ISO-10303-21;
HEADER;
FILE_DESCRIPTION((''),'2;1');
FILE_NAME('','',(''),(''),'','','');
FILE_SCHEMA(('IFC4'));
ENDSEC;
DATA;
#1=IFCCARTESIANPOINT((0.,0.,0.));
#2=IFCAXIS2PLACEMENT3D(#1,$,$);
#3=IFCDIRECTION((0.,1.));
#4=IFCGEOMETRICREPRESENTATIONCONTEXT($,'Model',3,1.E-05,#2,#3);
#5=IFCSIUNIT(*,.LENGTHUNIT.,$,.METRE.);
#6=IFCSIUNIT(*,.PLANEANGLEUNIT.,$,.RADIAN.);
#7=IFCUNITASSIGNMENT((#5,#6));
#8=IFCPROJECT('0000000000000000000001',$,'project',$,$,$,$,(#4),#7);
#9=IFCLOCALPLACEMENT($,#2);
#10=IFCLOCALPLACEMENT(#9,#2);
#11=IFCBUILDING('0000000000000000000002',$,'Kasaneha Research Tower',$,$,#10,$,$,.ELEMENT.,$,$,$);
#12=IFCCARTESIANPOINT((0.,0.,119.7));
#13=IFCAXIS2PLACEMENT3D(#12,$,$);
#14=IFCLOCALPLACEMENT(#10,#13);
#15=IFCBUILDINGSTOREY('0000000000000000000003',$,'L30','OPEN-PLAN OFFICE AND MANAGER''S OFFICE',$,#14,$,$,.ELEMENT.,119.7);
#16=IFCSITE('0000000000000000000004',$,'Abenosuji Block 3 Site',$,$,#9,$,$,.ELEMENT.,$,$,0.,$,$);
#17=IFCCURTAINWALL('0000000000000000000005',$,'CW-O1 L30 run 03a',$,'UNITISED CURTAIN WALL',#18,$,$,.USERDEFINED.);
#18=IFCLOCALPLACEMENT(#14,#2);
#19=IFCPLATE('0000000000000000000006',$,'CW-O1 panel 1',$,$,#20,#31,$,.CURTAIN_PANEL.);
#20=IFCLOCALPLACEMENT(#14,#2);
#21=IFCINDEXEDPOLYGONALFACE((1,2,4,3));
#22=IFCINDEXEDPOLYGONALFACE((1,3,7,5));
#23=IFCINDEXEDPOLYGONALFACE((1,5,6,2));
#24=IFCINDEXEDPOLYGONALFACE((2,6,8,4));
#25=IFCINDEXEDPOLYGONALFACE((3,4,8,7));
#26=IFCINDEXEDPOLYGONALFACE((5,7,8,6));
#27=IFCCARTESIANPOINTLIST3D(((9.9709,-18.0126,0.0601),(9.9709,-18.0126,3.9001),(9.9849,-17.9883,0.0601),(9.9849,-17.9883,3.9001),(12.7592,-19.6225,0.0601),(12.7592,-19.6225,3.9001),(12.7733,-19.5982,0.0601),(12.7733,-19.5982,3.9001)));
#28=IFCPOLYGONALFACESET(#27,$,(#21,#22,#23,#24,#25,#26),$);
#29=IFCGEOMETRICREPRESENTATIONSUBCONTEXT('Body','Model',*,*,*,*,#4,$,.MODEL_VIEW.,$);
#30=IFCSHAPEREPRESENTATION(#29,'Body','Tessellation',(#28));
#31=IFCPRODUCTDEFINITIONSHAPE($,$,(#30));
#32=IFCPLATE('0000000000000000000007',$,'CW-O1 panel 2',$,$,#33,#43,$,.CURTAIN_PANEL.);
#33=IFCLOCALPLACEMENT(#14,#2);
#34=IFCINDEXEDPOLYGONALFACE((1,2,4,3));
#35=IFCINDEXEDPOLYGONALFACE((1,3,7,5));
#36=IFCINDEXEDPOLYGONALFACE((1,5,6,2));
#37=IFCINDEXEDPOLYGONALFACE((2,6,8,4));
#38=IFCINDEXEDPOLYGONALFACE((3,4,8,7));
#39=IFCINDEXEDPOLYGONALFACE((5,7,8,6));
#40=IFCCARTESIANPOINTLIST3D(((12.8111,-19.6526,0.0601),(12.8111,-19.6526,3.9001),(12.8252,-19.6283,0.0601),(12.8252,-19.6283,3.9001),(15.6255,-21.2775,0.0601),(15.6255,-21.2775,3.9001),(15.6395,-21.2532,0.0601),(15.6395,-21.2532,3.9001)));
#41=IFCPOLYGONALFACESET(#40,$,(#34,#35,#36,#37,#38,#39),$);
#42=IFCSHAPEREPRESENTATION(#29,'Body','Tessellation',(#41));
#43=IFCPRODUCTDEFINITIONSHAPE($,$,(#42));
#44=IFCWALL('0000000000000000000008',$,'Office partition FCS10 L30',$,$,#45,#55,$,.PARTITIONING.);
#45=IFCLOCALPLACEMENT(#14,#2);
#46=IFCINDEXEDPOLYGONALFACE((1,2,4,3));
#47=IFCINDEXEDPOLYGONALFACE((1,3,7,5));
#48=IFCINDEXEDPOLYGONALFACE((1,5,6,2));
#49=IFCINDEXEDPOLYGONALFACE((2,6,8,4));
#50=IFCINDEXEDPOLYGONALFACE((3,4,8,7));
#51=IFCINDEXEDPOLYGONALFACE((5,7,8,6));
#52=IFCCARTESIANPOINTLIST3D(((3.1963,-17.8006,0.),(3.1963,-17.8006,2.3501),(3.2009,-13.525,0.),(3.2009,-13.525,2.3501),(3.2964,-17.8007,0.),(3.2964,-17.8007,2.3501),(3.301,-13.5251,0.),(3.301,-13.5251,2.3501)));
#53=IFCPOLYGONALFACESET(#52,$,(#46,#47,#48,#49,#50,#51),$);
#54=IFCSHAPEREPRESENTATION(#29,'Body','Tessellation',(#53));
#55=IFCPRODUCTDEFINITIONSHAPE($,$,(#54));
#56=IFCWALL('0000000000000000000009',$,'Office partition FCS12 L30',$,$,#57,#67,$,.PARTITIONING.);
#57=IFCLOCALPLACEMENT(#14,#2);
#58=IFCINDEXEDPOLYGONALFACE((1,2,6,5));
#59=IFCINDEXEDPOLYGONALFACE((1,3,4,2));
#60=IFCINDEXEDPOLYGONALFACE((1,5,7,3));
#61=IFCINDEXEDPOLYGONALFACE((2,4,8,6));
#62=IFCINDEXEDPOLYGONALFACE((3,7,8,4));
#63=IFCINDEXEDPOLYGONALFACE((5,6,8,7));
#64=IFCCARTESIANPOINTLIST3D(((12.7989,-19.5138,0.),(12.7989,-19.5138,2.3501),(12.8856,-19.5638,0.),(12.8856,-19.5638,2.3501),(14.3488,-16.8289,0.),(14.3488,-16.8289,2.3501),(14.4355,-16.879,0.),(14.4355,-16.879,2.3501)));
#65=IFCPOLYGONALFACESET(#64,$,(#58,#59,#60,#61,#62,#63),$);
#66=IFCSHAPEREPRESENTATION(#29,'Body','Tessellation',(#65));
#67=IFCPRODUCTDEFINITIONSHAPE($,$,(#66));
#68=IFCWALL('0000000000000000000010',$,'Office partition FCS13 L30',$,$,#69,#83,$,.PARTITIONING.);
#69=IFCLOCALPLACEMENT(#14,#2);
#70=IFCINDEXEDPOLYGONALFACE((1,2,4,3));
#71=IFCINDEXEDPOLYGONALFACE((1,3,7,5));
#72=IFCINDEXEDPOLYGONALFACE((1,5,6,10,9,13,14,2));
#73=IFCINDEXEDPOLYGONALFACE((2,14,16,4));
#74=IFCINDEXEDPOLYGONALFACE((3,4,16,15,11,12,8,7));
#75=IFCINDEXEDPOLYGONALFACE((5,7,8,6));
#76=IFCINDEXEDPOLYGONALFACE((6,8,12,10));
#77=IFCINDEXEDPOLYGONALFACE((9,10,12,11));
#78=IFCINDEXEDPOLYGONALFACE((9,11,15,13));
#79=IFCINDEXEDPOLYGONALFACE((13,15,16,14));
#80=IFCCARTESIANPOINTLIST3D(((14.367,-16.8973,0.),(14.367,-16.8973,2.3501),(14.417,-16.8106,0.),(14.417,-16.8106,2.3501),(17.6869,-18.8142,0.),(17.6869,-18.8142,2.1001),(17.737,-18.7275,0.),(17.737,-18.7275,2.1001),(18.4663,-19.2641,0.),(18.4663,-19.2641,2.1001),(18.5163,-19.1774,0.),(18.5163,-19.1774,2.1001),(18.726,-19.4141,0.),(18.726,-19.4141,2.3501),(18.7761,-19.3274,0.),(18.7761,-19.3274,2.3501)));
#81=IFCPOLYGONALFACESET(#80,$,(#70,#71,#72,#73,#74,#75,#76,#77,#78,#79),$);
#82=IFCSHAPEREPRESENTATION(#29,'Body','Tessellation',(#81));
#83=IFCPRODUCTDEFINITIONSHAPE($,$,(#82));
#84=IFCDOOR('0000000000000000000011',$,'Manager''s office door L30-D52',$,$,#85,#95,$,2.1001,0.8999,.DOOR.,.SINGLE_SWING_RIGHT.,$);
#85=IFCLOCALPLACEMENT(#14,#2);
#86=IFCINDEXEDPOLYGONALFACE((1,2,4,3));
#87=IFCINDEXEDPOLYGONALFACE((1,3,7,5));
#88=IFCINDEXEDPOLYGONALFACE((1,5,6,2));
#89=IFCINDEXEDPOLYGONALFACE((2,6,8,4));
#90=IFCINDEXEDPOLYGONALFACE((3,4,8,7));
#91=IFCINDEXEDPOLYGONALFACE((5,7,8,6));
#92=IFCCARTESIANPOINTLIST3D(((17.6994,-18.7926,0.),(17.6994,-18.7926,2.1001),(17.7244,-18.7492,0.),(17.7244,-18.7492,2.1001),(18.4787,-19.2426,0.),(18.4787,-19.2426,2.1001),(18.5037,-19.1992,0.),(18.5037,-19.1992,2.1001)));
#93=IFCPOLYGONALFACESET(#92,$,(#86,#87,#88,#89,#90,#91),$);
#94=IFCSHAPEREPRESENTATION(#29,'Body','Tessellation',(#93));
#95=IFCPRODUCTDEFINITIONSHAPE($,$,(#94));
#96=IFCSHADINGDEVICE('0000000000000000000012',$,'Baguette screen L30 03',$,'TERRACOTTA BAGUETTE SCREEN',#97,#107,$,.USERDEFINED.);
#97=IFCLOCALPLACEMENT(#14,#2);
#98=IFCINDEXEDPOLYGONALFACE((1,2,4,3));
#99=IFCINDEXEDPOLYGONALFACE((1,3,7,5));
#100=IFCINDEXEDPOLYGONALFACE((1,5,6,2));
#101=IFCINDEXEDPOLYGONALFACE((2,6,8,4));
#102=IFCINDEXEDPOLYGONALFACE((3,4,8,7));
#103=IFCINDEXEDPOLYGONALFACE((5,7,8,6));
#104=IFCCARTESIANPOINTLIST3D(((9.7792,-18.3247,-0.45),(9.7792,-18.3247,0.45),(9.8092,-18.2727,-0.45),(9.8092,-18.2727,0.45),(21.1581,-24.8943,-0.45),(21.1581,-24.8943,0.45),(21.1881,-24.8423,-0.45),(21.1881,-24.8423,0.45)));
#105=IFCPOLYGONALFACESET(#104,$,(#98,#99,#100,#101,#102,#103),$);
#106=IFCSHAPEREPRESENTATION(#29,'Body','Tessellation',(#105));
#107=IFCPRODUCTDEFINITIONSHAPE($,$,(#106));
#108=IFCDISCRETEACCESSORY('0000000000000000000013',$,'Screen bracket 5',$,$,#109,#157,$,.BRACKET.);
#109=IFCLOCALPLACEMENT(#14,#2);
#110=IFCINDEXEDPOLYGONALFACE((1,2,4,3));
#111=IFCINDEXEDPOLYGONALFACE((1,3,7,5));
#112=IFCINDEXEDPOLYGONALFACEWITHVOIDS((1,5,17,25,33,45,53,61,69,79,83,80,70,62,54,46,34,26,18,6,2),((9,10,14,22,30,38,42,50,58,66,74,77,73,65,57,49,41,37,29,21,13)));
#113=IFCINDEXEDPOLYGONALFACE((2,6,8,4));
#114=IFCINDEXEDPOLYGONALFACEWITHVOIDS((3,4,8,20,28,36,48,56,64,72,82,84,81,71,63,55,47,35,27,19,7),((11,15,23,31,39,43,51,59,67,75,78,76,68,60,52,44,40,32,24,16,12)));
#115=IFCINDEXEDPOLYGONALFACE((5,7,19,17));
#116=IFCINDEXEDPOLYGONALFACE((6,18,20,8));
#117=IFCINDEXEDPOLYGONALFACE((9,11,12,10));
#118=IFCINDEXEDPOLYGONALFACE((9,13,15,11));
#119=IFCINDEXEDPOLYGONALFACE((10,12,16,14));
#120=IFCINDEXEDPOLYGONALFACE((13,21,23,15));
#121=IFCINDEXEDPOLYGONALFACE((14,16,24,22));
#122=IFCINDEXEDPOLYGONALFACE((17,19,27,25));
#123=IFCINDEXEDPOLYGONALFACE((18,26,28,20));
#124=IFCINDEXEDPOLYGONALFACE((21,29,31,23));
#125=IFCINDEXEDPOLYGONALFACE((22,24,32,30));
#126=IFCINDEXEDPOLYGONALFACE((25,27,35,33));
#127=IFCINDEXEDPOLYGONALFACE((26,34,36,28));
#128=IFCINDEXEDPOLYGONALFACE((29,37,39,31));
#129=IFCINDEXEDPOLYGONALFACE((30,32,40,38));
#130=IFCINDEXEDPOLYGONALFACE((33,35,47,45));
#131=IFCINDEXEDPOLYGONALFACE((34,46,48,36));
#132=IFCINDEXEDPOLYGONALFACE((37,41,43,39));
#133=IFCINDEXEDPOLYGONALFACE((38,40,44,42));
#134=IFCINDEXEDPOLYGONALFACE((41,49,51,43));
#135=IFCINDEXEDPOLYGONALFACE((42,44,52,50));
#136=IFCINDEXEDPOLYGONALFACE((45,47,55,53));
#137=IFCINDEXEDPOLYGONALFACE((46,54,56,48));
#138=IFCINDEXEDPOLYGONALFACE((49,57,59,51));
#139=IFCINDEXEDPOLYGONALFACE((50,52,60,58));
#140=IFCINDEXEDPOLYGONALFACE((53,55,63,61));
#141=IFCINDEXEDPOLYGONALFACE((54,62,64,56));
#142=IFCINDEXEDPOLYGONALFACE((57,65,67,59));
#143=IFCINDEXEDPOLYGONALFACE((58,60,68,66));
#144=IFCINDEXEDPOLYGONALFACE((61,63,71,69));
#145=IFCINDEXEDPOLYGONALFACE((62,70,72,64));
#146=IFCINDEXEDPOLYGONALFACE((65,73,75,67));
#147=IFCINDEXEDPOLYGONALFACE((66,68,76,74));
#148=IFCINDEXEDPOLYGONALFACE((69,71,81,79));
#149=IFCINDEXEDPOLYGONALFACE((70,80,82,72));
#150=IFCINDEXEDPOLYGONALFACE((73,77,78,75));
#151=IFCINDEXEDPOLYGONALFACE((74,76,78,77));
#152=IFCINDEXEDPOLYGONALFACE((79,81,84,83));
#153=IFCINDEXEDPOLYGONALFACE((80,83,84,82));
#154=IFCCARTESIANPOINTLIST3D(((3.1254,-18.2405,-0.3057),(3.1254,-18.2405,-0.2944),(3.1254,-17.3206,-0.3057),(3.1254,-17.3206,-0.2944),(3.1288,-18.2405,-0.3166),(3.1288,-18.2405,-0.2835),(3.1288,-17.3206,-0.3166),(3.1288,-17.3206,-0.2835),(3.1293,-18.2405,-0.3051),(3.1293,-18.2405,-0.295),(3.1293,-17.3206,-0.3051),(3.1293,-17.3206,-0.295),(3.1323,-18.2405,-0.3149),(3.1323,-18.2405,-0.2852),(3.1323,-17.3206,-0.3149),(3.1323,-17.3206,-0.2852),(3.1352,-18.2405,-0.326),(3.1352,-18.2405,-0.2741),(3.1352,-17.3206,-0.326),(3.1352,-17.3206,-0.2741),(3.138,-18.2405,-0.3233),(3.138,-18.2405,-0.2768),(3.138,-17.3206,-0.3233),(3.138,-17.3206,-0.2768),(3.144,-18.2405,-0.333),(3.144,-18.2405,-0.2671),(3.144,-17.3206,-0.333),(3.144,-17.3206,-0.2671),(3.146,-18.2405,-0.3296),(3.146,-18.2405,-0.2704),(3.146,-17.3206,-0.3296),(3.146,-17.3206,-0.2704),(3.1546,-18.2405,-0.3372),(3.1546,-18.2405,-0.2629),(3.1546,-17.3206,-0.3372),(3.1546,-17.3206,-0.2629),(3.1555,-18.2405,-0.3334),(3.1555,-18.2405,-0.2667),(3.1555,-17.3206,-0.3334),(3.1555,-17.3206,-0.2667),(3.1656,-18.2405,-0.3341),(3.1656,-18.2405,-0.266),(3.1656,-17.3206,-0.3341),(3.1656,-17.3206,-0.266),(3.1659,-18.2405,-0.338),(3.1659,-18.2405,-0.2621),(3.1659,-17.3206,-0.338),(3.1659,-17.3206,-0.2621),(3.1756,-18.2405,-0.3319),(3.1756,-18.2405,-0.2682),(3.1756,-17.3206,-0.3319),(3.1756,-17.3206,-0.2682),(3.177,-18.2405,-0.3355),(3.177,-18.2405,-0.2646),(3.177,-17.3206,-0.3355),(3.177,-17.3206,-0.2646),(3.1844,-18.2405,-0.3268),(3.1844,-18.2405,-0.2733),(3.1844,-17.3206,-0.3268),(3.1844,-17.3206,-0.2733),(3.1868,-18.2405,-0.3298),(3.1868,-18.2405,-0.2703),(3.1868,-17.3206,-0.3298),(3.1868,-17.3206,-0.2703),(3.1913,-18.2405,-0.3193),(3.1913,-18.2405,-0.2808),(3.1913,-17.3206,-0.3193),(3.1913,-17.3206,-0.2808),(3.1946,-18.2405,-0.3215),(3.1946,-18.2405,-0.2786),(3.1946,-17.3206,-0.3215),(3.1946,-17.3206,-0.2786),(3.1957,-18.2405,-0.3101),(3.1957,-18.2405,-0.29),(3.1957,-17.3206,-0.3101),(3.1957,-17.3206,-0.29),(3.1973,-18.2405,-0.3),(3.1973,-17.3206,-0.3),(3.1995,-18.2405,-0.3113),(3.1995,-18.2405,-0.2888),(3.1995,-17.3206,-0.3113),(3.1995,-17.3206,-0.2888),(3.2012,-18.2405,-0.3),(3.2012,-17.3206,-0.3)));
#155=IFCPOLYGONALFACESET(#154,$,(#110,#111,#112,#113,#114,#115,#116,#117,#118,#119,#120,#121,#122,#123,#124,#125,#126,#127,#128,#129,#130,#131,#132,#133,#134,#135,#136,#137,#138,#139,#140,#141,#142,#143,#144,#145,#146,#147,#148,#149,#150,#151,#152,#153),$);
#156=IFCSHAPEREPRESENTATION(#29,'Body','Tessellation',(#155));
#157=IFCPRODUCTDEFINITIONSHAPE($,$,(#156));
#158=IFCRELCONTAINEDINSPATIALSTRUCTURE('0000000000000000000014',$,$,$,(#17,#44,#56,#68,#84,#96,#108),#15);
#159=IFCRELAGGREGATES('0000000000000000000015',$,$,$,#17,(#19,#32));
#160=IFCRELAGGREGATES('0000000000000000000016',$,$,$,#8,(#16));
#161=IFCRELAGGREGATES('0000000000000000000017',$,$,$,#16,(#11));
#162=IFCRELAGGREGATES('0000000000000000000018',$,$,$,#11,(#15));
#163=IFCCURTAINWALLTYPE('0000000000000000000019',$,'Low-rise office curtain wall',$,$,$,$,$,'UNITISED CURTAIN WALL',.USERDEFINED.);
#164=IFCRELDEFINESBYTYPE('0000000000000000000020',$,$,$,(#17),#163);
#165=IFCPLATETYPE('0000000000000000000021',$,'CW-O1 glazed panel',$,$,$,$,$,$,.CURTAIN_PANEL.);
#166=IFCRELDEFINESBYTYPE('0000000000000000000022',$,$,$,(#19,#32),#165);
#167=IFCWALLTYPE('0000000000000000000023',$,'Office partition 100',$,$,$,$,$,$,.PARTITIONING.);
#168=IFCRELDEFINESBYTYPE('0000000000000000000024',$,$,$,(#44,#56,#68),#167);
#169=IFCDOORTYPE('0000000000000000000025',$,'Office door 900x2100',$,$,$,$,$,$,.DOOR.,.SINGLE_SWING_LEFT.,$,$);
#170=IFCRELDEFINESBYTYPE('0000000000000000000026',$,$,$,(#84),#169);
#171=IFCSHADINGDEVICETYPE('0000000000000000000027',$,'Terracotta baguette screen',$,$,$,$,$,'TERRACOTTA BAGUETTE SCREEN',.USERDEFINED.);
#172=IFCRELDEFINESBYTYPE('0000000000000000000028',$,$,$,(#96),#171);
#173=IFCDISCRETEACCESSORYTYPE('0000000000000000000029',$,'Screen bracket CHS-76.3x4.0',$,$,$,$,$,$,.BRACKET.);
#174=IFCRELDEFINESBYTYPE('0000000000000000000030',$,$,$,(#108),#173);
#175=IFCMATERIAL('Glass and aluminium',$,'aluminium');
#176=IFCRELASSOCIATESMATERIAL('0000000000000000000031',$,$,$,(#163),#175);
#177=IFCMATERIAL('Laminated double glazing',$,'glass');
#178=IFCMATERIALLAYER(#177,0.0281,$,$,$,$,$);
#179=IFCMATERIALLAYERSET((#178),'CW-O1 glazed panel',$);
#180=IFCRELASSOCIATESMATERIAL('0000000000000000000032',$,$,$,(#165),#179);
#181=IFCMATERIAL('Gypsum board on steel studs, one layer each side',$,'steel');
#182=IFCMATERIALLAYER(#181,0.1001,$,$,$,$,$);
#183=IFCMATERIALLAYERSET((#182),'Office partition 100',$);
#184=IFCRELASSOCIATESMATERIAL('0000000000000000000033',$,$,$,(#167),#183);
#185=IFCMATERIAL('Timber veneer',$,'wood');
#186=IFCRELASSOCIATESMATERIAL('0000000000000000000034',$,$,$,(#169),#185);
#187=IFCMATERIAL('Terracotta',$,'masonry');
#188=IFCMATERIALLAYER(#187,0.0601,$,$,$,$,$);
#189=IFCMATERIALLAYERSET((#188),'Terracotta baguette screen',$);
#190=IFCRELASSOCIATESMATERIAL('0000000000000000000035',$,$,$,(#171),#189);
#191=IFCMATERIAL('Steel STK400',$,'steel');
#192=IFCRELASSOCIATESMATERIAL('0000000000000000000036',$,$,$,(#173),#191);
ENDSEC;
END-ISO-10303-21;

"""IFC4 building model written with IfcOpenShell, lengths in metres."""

from ifc_helpers import new_model, si_unit, direction, frame, frame_2d, origin, origin_2d, place, context, subcontext, project, spatial, rectangle, hollow_circle, extrude, material, layer, layer_set, material_profile, profile_set, type_object, element, fill, aggregate, save


model = new_model("IFC4")

# Units and contexts
model_context = context("Model", 3, precision=1e-05, world=origin(), true_north=direction((0.0, 1.0)))
body_context = subcontext(model_context, "Body", "Model", "MODEL_VIEW")
ifc_project = project(units=[si_unit("LENGTHUNIT", "METRE"), si_unit("PLANEANGLEUNIT", "RADIAN")], contexts=[model_context])

# Site, building, storey
site_placement = place(None, origin())
site = spatial("IfcSite", under=ifc_project, at=site_placement, Name="Abenosuji Block 3 Site", CompositionType="ELEMENT", RefElevation=0.0)
building_placement = place(site_placement, origin())
building = spatial("IfcBuilding", under=site, at=building_placement, Name="Kasaneha Research Tower", CompositionType="ELEMENT")
storey_placement = place(building_placement, frame((0.0, 0.0, 119.7)))
storey = spatial("IfcBuildingStorey", under=building, at=storey_placement, Name="L30", Description="OPEN-PLAN OFFICE AND MANAGER'S OFFICE", CompositionType="ELEMENT", Elevation=119.7)

# Curtain wall
ifc_material_1 = material(Name="Glass and aluminium", Category="aluminium")
curtain_wall_type = type_object("IfcCurtainWallType", Name="Low-rise office curtain wall", ElementType="UNITISED CURTAIN WALL", PredefinedType="USERDEFINED", material=ifc_material_1)
curtain_wall_1_placement = place(storey_placement, origin())
curtain_wall_1 = element("IfcCurtainWall", 1, at=curtain_wall_1_placement, inside=storey, type_object=curtain_wall_type, Name="CW-O1 L30 run 03a", ObjectType="UNITISED CURTAIN WALL", PredefinedType="USERDEFINED")

# Plates
ifc_material_2 = material(Name="Laminated double glazing", Category="glass")
ifc_layer_1 = layer(ifc_material_2, 0.0281)
ifc_layer_set_1 = layer_set([ifc_layer_1], Name="CW-O1 glazed panel")
plate_type = type_object("IfcPlateType", Name="CW-O1 glazed panel", PredefinedType="CURTAIN_PANEL", material=ifc_layer_set_1)
plate_1_placement = place(storey_placement, frame((11.3721, -18.8054, 0.0601), z_axis=(0.0, 0.0, 1.0), x_axis=(0.866025, -0.5, 0.0)))
plate_1 = element("IfcPlate", 2, at=plate_1_placement, type_object=plate_type, Name="CW-O1 panel 1", PredefinedType="CURTAIN_PANEL", context=body_context, shape_type="SweptSolid", body=[
    extrude(rectangle(XDim=3.2197, YDim=0.0281, at=origin_2d()), origin(), (0.0, 0.0, 1.0), 3.8401),
])
plate_2_placement = place(storey_placement, frame((14.2253, -20.4529, 0.0601), z_axis=(0.0, 0.0, 1.0), x_axis=(0.866025, -0.5, 0.0)))
plate_2 = element("IfcPlate", 3, at=plate_2_placement, type_object=plate_type, Name="CW-O1 panel 2", PredefinedType="CURTAIN_PANEL", context=body_context, shape_type="SweptSolid", body=[
    extrude(rectangle(XDim=3.2498, YDim=0.0281, at=origin_2d()), origin(), (0.0, 0.0, 1.0), 3.8401),
])
aggregate(curtain_wall_1, [plate_1, plate_2])

# Walls
ifc_material_3 = material(Name="Gypsum board on steel studs, one layer each side", Category="steel")
ifc_layer_2 = layer(ifc_material_3, 0.1001)
ifc_layer_set_2 = layer_set([ifc_layer_2], Name="Office partition 100")
wall_type = type_object("IfcWallType", Name="Office partition 100", PredefinedType="PARTITIONING", material=ifc_layer_set_2)
wall_1_placement = place(storey_placement, frame((3.2463, -17.8005, 0.0), z_axis=(0.0, 0.0, 1.0), x_axis=(0.001085, 0.999999, 0.0)))
element("IfcWall", 4, at=wall_1_placement, inside=storey, type_object=wall_type, Name="Office partition FCS10 L30", PredefinedType="PARTITIONING", context=body_context, shape_type="SweptSolid", body=[
    extrude(rectangle(XDim=4.2756, YDim=0.1001, at=frame_2d((2.1377, 0.0))), origin(), (0.0, 0.0, 1.0), 2.3501),
])
wall_2_placement = place(storey_placement, frame((12.8423, -19.5388, 0.0), z_axis=(0.0, 0.0, 1.0), x_axis=(0.499934, 0.866064, 0.0)))
element("IfcWall", 5, at=wall_2_placement, inside=storey, type_object=wall_type, Name="Office partition FCS12 L30", PredefinedType="PARTITIONING", context=body_context, shape_type="SweptSolid", body=[
    extrude(rectangle(XDim=3.1001, YDim=0.1001, at=frame_2d((1.55, 0.0))), origin(), (0.0, 0.0, 1.0), 2.3501),
])

# Wall, opening, door
wall_3_placement = place(storey_placement, frame((14.3921, -16.854, 0.0), z_axis=(0.0, 0.0, 1.0), x_axis=(0.866017, -0.500015, 0.0)))
wall_3 = element("IfcWall", 6, at=wall_3_placement, inside=storey, type_object=wall_type, Name="Office partition FCS13 L30", PredefinedType="PARTITIONING", context=body_context, shape_type="SweptSolid", body=[
    extrude(rectangle(XDim=5.0334, YDim=0.1001, at=frame_2d((2.5166, 0.0))), origin(), (0.0, 0.0, 1.0), 2.3501),
])
opening_placement = place(wall_3_placement, frame((3.8335, 0.0, 0.0)))
opening = element("IfcOpeningElement", 7, at=opening_placement, cuts=wall_3, PredefinedType="OPENING", context=body_context, shape_type="SweptSolid", body=[
    extrude(rectangle(XDim=0.8999, YDim=2.1001, at=frame_2d((0.45, 1.05))), frame((0.0, 0.0601, 0.0), z_axis=(0.0, -1.0, 0.0), x_axis=(1.0, 0.0, 0.0)), (0.0, 0.0, 1.0), 0.1201),
])
ifc_material_4 = material(Name="Timber veneer", Category="wood")
door_type = type_object("IfcDoorType", Name="Office door 900x2100", OperationType="SINGLE_SWING_LEFT", PredefinedType="DOOR", material=ifc_material_4)
door_placement = place(opening_placement, origin())
door = element("IfcDoor", 8, at=door_placement, inside=storey, type_object=door_type, Name="Manager's office door L30-D52", OperationType="SINGLE_SWING_RIGHT", OverallHeight=2.1001, OverallWidth=0.8999, PredefinedType="DOOR", context=body_context, shape_type="SweptSolid", body=[
    extrude(rectangle(XDim=0.8999, YDim=2.1001, at=frame_2d((0.45, 1.05))), frame((0.0, 0.0249, 0.0), z_axis=(0.0, -1.0, 0.0), x_axis=(1.0, 0.0, 0.0)), (0.0, 0.0, 1.0), 0.05),
])
fill(opening, door)

# Shading device
ifc_material_5 = material(Name="Terracotta", Category="masonry")
ifc_layer_3 = layer(ifc_material_5, 0.0601)
ifc_layer_set_3 = layer_set([ifc_layer_3], Name="Terracotta baguette screen")
shading_device_type = type_object("IfcShadingDeviceType", Name="Terracotta baguette screen", ElementType="TERRACOTTA BAGUETTE SCREEN", PredefinedType="USERDEFINED", material=ifc_layer_set_3)
shading_device_placement = place(storey_placement, frame((15.4836, -21.5835, -0.45), z_axis=(0.0, 0.0, 1.0), x_axis=(0.866025, -0.5, 0.0)))
element("IfcShadingDevice", 9, at=shading_device_placement, inside=storey, type_object=shading_device_type, Name="Baguette screen L30 03", ObjectType="TERRACOTTA BAGUETTE SCREEN", PredefinedType="USERDEFINED", context=body_context, shape_type="SweptSolid", body=[
    extrude(rectangle(XDim=13.1392, YDim=0.0601, at=origin_2d()), origin(), (0.0, 0.0, 1.0), 0.8999),
])

# Discrete accessory
ifc_material_6 = material(Name="Steel STK400", Category="steel")
ifc_material_profile_1 = material_profile(ifc_material_6, hollow_circle(Radius=0.0381, WallThickness=0.0039, at=origin_2d()), Name="CHS-76.3x4.0")
ifc_profile_set_1 = profile_set([ifc_material_profile_1], Name="Steel STK400")
discrete_accessory_type = type_object("IfcDiscreteAccessoryType", Name="Screen bracket CHS-76.3x4.0", PredefinedType="BRACKET", material=ifc_profile_set_1)
for number, where, z_axis, x_axis, name in (
    (10, (3.1631, -17.3206, -0.3), (0.0, -1.0, 0.0), (1.0, 0.0, 0.0), "Screen bracket 5"),
):
    element("IfcDiscreteAccessory", number, at=place(storey_placement, frame(where, z_axis=z_axis, x_axis=x_axis)), inside=storey, type_object=discrete_accessory_type, Name=name, PredefinedType="BRACKET", context=body_context, shape_type="SweptSolid", body=[
        extrude(hollow_circle(Radius=0.0381, WallThickness=0.0039, at=origin_2d()), origin(), (0.0, 0.0, 1.0), 0.9199),
    ])

save(model, "model.ifc")
